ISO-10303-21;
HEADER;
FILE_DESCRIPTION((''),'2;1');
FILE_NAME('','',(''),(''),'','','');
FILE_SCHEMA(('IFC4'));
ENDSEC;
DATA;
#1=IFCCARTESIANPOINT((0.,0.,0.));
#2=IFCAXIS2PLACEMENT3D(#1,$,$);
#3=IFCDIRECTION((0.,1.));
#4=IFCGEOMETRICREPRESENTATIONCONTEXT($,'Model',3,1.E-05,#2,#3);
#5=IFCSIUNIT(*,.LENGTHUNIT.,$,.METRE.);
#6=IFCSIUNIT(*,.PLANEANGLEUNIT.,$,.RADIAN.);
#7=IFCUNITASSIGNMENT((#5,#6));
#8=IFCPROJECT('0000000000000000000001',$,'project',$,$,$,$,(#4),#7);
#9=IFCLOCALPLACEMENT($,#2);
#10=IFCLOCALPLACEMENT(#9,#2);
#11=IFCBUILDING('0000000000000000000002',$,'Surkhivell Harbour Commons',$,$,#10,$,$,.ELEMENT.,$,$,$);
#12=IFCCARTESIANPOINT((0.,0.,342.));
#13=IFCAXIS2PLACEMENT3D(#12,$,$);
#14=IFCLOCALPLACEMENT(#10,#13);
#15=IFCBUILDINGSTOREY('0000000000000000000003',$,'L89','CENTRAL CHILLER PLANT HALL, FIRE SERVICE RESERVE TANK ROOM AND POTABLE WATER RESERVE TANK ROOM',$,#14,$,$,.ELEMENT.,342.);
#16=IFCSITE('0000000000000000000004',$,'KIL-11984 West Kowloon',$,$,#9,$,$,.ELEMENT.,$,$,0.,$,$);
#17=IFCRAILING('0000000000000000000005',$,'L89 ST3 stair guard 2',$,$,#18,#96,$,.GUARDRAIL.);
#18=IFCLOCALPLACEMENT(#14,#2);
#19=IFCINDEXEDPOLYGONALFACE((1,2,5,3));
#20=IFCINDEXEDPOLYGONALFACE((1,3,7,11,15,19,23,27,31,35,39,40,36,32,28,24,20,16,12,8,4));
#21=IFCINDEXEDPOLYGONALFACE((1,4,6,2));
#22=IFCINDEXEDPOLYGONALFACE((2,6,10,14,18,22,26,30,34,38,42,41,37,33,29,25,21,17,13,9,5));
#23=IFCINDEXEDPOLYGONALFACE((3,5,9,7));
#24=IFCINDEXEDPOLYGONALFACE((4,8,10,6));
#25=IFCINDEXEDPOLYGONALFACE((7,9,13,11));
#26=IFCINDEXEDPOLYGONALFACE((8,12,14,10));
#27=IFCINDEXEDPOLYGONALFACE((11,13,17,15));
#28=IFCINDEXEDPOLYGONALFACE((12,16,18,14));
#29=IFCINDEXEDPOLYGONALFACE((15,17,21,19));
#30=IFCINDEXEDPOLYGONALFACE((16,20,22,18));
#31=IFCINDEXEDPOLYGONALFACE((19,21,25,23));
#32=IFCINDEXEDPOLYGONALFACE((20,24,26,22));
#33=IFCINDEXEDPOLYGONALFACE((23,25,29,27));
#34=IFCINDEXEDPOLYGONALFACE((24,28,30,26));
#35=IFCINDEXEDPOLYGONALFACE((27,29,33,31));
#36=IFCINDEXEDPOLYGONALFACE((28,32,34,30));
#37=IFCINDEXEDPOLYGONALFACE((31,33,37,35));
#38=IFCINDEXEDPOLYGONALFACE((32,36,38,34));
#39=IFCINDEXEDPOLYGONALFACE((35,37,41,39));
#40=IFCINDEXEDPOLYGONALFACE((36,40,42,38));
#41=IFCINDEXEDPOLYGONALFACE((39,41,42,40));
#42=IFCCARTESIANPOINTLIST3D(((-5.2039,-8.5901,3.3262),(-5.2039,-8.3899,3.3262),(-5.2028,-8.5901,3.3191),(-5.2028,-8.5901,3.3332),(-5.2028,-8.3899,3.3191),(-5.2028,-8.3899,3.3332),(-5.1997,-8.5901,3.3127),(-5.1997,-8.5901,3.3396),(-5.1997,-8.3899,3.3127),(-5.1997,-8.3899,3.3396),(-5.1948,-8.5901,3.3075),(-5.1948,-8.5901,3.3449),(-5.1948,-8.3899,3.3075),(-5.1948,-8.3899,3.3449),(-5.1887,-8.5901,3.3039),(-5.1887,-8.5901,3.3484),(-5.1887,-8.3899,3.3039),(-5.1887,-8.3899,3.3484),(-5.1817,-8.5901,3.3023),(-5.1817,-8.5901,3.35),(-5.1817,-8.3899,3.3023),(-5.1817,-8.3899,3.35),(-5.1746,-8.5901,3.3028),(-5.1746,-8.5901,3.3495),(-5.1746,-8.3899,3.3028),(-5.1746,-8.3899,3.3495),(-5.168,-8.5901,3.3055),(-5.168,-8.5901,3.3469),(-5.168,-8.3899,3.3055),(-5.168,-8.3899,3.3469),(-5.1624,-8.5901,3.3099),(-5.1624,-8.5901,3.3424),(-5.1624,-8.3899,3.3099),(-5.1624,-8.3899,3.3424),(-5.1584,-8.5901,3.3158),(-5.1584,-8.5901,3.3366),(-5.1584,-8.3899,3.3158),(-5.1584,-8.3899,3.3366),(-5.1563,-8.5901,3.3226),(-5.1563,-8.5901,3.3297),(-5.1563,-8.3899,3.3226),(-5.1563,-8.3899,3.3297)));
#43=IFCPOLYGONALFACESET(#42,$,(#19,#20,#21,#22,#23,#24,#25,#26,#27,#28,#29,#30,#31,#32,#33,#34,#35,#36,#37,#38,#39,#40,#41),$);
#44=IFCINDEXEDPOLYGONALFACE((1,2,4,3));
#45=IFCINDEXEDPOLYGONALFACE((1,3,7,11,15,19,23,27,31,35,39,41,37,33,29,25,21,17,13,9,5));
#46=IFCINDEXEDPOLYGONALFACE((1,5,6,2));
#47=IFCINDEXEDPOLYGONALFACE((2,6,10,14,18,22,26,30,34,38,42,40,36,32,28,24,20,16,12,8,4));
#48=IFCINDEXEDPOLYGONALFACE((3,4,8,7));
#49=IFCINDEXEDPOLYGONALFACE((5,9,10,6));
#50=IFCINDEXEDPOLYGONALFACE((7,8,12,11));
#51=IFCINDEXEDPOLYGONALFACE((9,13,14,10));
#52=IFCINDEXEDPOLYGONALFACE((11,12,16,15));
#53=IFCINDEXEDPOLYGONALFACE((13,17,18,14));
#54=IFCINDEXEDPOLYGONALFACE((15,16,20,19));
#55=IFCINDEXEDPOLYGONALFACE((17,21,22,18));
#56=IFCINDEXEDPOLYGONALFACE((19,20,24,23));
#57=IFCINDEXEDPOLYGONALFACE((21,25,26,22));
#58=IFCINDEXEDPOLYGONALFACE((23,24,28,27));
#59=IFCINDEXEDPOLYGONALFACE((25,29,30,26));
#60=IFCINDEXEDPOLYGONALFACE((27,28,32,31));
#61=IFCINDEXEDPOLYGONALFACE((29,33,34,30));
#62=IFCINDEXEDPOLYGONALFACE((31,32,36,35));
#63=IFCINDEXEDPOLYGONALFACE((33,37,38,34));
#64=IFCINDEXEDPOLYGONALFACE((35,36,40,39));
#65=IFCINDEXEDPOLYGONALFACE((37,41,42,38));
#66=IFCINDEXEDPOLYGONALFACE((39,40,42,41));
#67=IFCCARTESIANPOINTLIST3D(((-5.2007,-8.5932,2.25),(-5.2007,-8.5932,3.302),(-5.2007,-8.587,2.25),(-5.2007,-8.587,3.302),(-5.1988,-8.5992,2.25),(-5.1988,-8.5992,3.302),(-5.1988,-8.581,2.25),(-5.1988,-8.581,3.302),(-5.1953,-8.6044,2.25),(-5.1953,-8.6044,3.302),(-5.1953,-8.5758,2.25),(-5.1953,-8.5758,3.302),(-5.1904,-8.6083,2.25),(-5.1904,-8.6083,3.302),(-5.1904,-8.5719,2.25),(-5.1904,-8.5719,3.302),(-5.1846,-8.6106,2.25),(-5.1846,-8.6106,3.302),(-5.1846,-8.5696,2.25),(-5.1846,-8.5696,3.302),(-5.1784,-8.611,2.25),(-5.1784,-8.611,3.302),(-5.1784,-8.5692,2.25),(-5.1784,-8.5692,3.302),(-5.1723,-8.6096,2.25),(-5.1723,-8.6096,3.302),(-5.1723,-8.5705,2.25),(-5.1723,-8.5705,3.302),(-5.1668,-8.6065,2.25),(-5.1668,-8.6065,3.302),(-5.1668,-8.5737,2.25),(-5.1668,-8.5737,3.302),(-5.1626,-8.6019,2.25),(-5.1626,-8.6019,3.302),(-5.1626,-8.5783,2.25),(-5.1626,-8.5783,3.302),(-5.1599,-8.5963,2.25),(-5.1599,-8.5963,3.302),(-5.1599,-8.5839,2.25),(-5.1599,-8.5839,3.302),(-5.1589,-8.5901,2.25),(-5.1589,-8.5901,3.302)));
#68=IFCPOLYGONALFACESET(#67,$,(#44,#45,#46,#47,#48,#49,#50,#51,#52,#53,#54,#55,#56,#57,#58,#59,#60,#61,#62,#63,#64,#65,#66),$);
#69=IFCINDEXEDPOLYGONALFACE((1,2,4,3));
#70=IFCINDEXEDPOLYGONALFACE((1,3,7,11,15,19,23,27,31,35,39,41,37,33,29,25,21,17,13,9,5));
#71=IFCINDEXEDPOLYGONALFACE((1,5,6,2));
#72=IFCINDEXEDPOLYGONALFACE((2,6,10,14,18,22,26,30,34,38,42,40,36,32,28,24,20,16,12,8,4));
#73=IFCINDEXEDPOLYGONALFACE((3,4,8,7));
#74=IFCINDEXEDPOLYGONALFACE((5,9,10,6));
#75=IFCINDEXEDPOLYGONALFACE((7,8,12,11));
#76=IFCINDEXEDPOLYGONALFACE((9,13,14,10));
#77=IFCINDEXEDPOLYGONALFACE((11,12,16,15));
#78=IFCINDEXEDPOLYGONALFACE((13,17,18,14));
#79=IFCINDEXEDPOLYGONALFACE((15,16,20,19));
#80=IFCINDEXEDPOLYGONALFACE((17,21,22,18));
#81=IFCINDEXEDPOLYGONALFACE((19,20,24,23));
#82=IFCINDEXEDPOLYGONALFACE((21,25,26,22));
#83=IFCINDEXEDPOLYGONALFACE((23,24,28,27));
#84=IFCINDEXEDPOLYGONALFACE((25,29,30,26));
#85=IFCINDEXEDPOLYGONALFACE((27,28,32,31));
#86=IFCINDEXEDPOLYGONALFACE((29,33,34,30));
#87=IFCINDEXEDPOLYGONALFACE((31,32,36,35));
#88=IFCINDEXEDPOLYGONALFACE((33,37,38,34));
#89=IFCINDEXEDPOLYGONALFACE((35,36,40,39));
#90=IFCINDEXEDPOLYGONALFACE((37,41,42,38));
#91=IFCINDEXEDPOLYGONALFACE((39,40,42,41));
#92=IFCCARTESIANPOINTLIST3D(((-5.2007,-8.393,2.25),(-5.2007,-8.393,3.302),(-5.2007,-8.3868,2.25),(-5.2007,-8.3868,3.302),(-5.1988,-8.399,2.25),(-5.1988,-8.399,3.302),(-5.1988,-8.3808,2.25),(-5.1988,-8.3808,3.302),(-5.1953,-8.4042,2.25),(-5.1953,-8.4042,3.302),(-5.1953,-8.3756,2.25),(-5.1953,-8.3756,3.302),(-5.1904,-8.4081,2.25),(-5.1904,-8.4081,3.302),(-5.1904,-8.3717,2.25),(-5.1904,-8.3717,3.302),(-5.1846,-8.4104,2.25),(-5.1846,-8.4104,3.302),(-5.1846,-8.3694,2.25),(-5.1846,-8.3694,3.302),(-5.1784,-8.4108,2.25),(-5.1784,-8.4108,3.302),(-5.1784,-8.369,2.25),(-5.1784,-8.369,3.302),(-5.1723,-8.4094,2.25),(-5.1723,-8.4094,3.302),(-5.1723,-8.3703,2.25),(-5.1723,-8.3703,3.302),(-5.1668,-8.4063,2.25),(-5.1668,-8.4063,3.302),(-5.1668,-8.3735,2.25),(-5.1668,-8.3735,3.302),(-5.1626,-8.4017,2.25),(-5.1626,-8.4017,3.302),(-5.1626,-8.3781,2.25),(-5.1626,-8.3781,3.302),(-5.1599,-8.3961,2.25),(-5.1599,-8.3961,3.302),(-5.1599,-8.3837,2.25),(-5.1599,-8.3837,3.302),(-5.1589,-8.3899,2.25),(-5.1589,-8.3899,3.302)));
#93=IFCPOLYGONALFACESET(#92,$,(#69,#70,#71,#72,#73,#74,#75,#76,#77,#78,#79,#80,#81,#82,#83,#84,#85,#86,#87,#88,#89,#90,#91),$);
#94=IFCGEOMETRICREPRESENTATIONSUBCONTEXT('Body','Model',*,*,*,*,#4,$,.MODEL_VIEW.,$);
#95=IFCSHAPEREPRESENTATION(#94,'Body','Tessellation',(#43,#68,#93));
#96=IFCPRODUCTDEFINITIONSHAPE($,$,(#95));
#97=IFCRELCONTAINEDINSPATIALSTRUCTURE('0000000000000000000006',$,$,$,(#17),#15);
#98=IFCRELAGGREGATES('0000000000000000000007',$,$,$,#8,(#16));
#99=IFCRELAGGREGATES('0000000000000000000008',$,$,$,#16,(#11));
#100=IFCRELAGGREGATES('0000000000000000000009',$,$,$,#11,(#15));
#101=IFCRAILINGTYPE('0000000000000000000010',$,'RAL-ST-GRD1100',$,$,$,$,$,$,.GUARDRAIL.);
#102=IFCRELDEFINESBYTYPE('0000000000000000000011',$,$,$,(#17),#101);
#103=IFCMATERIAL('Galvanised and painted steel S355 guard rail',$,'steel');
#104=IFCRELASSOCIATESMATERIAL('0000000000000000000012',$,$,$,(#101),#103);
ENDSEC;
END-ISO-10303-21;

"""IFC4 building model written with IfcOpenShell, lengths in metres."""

from ifc_helpers import new_model, si_unit, direction, frame, origin, origin_2d, place, context, subcontext, project, spatial, circle, extrude, material, type_object, element, save


model = new_model("IFC4")

# Units and contexts
model_context = context("Model", 3, precision=1e-05, world=origin(), true_north=direction((0.0, 1.0)))
body_context = subcontext(model_context, "Body", "Model", "MODEL_VIEW")
ifc_project = project(units=[si_unit("LENGTHUNIT", "METRE"), si_unit("PLANEANGLEUNIT", "RADIAN")], contexts=[model_context])

# Site, building, storey
site_placement = place(None, origin())
site = spatial("IfcSite", under=ifc_project, at=site_placement, Name="KIL-11984 West Kowloon", CompositionType="ELEMENT", RefElevation=0.0)
building_placement = place(site_placement, origin())
building = spatial("IfcBuilding", under=site, at=building_placement, Name="Surkhivell Harbour Commons", CompositionType="ELEMENT")
storey_placement = place(building_placement, frame((0.0, 0.0, 342.0)))
storey = spatial("IfcBuildingStorey", under=building, at=storey_placement, Name="L89", Description="CENTRAL CHILLER PLANT HALL, FIRE SERVICE RESERVE TANK ROOM AND POTABLE WATER RESERVE TANK ROOM", CompositionType="ELEMENT", Elevation=342.0)

# Railing
ifc_material_1 = material(Name="Galvanised and painted steel S355 guard rail", Category="steel")
railing_type = type_object("IfcRailingType", Name="RAL-ST-GRD1100", PredefinedType="GUARDRAIL", material=ifc_material_1)
railing_1_placement = place(storey_placement, frame((-5.1799, -8.5901, 2.25)))
element("IfcRailing", 1, at=railing_1_placement, inside=storey, type_object=railing_type, Name="L89 ST3 stair guard 2", PredefinedType="GUARDRAIL", context=body_context, shape_type="SweptSolid", body=[
    extrude(circle(Radius=0.0239, at=origin_2d()), frame((0.0, 0.0, 1.0762), z_axis=(0.0, 1.0, 0.0), x_axis=(-1.0, 0.0, 0.0)), (0.0, 0.0, 1.0), 0.2002),
    extrude(circle(Radius=0.021, at=origin_2d()), origin(), (0.0, 0.0, 1.0), 1.052),
    extrude(circle(Radius=0.021, at=origin_2d()), frame((0.0, 0.2002, 0.0)), (0.0, 0.0, 1.0), 1.052),
])

save(model, "model.ifc")
